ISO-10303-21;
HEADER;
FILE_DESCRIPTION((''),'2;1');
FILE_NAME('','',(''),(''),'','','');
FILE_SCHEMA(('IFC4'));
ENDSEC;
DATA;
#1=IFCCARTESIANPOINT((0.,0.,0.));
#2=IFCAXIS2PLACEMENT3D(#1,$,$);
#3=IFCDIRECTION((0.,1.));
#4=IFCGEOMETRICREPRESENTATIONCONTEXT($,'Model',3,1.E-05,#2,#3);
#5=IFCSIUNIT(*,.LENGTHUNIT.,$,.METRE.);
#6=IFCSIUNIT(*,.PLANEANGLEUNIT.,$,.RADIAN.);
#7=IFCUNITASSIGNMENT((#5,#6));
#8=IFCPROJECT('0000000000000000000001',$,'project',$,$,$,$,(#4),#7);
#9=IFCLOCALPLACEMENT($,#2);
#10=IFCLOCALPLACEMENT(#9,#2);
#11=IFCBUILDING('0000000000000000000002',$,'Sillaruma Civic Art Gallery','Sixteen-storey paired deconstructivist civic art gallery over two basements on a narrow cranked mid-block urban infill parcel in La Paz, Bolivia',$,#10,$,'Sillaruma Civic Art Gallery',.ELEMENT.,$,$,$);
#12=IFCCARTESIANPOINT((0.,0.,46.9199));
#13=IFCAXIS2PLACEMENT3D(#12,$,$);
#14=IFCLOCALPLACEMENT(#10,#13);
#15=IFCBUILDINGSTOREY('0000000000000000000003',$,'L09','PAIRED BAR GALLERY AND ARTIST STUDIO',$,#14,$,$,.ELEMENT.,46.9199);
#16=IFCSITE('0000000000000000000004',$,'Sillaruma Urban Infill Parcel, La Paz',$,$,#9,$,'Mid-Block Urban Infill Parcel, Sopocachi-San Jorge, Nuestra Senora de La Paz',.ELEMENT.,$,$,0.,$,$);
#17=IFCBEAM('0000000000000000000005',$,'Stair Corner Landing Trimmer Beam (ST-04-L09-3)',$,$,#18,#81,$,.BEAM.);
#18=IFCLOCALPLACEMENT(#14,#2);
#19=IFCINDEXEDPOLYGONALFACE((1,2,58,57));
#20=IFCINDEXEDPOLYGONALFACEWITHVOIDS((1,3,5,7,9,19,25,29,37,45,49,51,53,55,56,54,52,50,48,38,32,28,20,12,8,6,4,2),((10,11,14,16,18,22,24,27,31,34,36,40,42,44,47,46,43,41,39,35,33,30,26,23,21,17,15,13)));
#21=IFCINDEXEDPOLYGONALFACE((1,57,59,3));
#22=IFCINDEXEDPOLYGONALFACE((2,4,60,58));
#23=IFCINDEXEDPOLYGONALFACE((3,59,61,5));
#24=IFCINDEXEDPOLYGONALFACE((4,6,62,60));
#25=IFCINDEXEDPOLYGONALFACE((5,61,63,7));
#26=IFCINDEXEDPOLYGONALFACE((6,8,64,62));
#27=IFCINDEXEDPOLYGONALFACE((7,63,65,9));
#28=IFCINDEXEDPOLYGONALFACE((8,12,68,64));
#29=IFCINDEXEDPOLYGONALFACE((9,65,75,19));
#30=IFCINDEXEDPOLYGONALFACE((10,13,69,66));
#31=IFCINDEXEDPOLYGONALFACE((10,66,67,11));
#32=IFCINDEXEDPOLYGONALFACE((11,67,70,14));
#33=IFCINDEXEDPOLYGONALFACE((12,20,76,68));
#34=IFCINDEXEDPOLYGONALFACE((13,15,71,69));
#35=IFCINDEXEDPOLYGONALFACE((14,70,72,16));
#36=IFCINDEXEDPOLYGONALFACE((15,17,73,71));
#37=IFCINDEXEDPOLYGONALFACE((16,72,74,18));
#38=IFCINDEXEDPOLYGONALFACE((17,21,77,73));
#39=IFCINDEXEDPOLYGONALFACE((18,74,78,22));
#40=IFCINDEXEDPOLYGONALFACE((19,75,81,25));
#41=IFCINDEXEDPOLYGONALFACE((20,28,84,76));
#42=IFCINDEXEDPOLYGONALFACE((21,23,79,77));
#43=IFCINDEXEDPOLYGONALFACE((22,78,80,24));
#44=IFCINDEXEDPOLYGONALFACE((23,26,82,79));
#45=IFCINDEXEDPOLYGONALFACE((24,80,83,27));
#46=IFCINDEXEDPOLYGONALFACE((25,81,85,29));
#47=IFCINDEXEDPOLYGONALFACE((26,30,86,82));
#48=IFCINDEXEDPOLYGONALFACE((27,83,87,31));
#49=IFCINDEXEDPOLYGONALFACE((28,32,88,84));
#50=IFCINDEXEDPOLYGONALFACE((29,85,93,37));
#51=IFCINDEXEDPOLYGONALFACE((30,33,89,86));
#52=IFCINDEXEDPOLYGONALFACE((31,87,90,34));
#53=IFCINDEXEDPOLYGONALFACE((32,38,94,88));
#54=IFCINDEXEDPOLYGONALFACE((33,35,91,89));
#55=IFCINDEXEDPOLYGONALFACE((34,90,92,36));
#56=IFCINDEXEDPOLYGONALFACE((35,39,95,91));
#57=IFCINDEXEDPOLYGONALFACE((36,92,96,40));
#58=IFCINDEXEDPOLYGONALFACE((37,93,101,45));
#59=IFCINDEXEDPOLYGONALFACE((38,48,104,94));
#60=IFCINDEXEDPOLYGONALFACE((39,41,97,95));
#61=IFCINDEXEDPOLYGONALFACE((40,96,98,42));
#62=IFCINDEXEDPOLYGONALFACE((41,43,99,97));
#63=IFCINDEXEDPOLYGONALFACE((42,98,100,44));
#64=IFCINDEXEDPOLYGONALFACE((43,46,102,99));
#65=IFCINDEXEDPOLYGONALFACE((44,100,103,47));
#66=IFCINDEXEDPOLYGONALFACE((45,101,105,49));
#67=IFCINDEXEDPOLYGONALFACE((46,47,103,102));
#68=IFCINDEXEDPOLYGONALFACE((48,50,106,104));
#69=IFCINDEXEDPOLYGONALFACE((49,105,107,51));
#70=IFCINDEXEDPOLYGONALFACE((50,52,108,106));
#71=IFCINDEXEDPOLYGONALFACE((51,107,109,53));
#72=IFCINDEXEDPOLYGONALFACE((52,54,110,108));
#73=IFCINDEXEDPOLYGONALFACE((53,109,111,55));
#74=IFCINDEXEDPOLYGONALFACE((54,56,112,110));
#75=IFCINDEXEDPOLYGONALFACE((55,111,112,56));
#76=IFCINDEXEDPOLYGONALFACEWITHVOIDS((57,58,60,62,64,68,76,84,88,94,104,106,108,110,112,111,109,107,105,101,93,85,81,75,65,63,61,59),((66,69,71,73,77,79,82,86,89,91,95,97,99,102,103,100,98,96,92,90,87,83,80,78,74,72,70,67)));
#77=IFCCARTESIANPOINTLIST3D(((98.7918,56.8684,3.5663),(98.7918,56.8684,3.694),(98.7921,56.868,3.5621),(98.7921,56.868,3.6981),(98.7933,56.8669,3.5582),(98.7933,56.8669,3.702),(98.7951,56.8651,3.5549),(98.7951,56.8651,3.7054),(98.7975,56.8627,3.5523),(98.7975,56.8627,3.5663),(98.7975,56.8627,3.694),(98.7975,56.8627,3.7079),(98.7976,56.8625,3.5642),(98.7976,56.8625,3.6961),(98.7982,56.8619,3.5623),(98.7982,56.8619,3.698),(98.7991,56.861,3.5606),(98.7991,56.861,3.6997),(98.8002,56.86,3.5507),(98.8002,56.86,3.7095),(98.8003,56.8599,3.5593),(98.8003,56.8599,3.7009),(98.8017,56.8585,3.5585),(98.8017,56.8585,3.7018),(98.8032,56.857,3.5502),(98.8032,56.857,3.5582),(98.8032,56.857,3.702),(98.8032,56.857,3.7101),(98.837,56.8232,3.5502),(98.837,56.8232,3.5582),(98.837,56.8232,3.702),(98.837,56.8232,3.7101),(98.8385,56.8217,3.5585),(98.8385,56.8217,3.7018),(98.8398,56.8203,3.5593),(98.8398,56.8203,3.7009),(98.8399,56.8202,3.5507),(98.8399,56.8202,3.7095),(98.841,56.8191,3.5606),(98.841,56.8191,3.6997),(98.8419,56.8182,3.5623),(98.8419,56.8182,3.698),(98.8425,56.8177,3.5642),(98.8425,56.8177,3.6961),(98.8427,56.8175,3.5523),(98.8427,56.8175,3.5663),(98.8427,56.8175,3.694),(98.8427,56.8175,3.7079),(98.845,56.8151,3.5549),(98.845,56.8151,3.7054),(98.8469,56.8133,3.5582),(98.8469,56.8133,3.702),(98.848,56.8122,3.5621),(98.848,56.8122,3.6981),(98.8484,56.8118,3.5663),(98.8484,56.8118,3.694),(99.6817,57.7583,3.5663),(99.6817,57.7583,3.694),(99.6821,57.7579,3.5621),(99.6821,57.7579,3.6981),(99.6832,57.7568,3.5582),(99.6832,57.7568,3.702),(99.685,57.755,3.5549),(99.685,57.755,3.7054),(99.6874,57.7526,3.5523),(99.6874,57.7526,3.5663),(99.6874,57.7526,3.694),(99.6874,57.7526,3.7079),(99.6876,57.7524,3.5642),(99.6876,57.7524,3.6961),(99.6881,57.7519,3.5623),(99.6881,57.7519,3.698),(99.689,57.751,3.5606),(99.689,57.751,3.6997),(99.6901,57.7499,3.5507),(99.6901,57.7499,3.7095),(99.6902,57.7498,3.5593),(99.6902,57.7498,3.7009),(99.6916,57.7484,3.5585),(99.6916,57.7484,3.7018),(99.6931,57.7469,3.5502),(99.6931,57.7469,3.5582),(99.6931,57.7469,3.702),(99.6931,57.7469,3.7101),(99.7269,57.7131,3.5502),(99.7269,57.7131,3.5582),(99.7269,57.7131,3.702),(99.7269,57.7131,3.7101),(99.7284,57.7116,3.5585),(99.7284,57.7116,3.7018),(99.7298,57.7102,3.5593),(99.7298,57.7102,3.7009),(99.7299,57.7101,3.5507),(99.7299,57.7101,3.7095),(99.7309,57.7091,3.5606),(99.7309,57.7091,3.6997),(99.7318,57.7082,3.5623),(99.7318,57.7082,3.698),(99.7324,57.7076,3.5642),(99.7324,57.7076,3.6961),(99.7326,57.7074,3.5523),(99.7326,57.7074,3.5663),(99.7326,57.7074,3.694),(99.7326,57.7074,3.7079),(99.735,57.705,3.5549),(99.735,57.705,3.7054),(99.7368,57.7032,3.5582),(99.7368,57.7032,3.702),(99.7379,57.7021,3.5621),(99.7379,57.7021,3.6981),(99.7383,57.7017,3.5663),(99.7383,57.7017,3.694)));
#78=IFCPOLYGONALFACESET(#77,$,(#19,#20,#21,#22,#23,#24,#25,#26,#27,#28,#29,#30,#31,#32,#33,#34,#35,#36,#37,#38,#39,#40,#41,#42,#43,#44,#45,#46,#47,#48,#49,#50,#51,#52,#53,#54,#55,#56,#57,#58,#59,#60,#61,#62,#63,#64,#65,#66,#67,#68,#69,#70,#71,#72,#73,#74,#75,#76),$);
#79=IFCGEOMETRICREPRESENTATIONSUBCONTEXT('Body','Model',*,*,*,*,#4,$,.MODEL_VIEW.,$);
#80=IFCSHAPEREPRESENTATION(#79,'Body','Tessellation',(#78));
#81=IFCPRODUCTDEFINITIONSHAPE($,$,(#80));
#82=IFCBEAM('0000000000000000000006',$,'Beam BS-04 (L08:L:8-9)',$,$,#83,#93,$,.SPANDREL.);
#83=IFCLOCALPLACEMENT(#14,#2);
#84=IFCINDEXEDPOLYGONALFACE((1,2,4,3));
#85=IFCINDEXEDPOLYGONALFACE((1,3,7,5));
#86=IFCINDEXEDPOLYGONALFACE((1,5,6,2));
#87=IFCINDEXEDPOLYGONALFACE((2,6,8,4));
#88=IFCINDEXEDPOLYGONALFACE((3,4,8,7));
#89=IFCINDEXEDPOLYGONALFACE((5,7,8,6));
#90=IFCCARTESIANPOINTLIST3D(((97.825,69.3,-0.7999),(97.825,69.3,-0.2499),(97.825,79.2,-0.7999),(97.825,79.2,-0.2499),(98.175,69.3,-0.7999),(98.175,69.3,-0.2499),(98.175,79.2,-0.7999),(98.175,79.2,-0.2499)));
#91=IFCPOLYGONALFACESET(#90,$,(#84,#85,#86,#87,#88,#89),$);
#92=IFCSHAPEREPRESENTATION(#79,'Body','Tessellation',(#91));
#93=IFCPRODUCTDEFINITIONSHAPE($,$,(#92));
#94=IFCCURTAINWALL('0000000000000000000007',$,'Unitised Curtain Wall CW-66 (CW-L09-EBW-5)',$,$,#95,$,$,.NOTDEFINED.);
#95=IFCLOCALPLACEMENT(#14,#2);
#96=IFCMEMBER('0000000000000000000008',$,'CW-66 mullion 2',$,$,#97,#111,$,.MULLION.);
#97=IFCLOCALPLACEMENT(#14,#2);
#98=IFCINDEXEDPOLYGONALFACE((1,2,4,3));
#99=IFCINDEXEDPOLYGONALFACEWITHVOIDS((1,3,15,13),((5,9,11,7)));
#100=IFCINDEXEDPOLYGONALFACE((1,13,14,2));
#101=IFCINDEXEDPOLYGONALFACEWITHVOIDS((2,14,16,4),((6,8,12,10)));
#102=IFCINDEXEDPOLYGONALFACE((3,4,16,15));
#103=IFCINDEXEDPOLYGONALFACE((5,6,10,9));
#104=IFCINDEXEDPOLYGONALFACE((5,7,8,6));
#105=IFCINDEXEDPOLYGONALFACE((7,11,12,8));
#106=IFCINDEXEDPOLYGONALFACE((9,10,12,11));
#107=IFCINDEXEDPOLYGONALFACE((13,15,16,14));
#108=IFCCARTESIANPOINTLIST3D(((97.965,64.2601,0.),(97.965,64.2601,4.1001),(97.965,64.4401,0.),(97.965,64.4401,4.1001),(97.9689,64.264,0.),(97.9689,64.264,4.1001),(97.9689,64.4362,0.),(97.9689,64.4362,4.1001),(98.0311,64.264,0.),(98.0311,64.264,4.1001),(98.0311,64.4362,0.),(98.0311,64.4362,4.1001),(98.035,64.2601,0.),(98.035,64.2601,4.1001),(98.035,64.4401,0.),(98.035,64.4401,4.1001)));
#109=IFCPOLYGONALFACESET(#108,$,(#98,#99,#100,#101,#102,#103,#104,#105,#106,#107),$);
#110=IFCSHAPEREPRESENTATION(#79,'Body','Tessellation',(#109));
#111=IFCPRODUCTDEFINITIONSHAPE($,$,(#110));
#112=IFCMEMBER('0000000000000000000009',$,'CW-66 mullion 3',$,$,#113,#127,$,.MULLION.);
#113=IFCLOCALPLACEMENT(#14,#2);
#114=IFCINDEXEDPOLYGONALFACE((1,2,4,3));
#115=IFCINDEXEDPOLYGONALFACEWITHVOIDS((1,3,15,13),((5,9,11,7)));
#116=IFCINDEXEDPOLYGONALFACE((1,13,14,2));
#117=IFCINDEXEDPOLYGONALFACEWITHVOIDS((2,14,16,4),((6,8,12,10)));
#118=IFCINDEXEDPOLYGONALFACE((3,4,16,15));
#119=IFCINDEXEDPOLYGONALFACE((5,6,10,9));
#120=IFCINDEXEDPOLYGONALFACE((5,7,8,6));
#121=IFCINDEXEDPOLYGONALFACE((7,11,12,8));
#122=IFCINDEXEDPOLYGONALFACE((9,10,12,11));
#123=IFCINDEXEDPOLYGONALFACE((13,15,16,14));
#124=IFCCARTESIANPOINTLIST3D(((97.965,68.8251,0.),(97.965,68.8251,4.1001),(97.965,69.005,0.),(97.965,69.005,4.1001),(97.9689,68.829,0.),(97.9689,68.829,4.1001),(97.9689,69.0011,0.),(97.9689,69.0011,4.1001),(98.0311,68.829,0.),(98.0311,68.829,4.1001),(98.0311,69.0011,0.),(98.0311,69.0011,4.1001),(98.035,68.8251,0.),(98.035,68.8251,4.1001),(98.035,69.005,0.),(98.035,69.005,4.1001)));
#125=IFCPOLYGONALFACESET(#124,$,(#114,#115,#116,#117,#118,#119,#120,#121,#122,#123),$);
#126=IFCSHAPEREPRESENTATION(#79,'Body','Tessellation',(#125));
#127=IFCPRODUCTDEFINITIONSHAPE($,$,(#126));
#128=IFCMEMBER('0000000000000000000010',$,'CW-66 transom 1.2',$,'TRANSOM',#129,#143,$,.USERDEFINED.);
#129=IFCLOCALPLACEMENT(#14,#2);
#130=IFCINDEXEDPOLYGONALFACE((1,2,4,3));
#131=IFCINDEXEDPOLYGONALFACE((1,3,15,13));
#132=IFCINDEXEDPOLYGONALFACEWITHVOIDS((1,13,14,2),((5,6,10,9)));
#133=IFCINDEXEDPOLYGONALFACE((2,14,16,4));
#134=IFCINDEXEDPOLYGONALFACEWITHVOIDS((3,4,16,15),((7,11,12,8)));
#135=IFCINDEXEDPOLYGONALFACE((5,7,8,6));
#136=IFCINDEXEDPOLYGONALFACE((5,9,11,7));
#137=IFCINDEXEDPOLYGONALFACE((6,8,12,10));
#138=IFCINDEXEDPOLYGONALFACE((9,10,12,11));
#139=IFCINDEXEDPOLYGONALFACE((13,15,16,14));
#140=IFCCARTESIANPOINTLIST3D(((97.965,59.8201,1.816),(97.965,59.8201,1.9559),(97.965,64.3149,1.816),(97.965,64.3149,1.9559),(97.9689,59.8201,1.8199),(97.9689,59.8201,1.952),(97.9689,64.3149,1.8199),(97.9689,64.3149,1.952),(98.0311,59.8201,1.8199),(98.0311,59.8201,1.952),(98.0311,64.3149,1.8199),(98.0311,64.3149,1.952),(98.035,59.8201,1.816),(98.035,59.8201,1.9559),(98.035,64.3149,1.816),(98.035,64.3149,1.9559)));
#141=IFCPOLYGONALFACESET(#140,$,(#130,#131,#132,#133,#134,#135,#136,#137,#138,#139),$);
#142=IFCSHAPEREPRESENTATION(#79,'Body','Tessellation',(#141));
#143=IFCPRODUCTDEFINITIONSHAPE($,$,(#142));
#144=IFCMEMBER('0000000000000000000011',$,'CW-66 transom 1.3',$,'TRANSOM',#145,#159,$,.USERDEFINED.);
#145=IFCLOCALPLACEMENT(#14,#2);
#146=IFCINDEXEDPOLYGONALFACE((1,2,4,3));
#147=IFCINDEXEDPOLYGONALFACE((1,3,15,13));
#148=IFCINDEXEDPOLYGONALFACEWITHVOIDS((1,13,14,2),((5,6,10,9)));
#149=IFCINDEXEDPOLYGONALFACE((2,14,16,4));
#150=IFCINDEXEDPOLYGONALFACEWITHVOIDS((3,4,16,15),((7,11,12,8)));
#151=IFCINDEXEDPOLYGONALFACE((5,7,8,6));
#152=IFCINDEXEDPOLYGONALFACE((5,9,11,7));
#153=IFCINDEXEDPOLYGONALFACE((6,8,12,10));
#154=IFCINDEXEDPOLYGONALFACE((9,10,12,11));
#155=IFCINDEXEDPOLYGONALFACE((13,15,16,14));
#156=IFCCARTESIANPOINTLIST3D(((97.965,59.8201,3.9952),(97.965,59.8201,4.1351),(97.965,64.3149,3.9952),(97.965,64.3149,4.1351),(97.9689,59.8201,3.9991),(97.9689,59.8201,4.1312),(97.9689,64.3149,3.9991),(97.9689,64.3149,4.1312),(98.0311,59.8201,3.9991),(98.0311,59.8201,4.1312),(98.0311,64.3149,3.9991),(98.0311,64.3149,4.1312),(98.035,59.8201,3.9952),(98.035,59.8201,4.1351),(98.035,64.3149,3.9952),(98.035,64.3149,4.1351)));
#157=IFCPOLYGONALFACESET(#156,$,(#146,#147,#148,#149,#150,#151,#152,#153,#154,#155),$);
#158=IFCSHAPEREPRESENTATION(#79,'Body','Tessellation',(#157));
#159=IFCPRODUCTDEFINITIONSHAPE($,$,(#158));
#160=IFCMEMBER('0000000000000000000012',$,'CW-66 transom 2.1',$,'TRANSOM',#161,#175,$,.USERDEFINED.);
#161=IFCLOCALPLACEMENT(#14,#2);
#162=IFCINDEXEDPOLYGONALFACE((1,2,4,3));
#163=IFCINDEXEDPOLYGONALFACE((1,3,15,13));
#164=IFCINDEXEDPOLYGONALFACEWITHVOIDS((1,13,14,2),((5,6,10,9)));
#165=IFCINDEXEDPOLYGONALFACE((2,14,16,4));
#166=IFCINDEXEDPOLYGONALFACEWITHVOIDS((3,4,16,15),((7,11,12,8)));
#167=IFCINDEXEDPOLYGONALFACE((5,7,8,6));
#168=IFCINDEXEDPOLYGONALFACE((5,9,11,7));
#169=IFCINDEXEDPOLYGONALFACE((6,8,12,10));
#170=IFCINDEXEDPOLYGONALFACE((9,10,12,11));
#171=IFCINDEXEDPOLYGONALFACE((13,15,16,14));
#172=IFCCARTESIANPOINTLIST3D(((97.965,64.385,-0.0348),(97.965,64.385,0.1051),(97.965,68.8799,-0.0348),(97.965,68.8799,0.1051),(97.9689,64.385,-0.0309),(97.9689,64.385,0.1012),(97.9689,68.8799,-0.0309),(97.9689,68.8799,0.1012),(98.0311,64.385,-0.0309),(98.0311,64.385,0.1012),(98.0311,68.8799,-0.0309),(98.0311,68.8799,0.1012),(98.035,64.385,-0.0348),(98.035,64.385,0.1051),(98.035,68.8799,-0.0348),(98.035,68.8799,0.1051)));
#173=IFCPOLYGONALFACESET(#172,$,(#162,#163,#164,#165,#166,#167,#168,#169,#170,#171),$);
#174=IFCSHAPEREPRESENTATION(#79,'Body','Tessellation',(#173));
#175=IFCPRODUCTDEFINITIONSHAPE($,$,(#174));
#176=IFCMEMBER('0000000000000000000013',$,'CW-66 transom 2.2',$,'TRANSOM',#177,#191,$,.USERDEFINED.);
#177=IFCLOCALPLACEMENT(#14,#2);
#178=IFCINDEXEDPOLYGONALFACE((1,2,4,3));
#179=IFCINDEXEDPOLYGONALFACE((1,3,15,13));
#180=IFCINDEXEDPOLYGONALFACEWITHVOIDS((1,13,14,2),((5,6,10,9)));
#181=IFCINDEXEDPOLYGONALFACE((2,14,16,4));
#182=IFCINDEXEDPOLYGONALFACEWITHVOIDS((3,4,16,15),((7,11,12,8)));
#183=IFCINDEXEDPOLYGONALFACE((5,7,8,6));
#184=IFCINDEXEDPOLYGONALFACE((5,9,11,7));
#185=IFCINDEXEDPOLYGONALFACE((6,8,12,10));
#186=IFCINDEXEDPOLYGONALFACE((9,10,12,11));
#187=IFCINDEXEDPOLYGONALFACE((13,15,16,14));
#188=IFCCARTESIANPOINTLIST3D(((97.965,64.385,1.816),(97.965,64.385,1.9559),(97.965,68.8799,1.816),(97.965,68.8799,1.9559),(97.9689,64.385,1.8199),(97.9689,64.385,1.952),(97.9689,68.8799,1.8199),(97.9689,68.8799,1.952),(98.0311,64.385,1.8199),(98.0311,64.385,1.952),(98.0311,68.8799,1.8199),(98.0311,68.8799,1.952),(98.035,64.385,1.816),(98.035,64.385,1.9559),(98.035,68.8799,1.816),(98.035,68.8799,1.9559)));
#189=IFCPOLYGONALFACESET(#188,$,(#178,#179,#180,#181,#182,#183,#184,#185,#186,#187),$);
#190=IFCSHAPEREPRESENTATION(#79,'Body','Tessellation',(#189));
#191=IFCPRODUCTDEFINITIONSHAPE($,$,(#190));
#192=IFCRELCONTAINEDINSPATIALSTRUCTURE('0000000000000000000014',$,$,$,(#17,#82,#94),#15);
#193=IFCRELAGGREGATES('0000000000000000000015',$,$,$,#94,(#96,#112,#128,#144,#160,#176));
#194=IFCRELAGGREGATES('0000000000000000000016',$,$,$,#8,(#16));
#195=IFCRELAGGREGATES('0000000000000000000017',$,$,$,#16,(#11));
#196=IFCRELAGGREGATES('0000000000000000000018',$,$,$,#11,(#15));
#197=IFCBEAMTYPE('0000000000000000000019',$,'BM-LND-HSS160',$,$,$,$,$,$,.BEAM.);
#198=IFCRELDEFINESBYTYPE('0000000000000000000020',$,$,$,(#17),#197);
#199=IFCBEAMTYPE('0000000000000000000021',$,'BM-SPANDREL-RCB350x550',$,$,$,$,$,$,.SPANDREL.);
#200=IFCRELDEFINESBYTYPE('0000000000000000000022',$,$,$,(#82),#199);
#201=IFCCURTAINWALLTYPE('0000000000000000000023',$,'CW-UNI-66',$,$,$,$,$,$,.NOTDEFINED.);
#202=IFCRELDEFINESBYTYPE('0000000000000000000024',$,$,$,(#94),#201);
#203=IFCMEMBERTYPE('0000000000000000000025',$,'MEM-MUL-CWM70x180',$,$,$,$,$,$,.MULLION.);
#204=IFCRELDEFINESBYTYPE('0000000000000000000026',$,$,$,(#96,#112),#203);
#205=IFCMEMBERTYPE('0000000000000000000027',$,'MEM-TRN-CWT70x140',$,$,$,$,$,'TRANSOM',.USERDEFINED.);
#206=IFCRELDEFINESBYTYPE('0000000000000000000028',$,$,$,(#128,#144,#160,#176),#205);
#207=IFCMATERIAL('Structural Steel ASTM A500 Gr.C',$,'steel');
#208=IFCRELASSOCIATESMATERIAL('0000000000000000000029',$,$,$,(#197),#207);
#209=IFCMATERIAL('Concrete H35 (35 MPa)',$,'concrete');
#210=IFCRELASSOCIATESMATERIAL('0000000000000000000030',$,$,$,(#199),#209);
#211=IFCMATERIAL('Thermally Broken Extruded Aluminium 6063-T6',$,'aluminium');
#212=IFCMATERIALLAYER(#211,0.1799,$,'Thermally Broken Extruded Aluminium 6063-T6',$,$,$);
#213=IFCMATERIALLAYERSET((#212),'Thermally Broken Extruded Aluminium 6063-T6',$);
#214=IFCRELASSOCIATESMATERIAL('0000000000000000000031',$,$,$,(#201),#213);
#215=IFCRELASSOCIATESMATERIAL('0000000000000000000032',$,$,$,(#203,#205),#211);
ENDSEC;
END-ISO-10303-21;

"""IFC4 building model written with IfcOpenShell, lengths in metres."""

from ifc_helpers import new_model, si_unit, direction, frame, origin, origin_2d, place, context, subcontext, project, spatial, rectangle, hollow_rectangle, extrude, material, layer, layer_set, material_profile, profile_set, type_object, element, aggregate, save


model = new_model("IFC4")

# Units and contexts
model_context = context("Model", 3, precision=1e-05, world=origin(), true_north=direction((0.0, 1.0)))
body_context = subcontext(model_context, "Body", "Model", "MODEL_VIEW")
ifc_project = project(units=[si_unit("LENGTHUNIT", "METRE"), si_unit("PLANEANGLEUNIT", "RADIAN")], contexts=[model_context])

# Site, building, storey
site_placement = place(None, origin())
site = spatial("IfcSite", under=ifc_project, at=site_placement, Name="Sillaruma Urban Infill Parcel, La Paz", LongName="Mid-Block Urban Infill Parcel, Sopocachi-San Jorge, Nuestra Senora de La Paz", CompositionType="ELEMENT", RefElevation=0.0)
building_placement = place(site_placement, origin())
building = spatial("IfcBuilding", under=site, at=building_placement, Name="Sillaruma Civic Art Gallery", Description="Sixteen-storey paired deconstructivist civic art gallery over two basements on a narrow cranked mid-block urban infill parcel in La Paz, Bolivia", LongName="Sillaruma Civic Art Gallery", CompositionType="ELEMENT")
storey_placement = place(building_placement, frame((0.0, 0.0, 46.9199)))
storey = spatial("IfcBuildingStorey", under=building, at=storey_placement, Name="L09", Description="PAIRED BAR GALLERY AND ARTIST STUDIO", CompositionType="ELEMENT", Elevation=46.9199)

# Beams
ifc_material_1 = material(Name="Concrete H35 (35 MPa)", Category="concrete")
ifc_material_2 = material(Name="Structural Steel ASTM A500 Gr.C", Category="steel")
ifc_material_profile_1 = material_profile(ifc_material_2, hollow_rectangle(XDim=0.0801, YDim=0.1599, WallThickness=0.0081, InnerFilletRadius=0.0081, OuterFilletRadius=0.0161, at=origin_2d()), Name="HSS160x80x8")
ifc_profile_set_1 = profile_set([ifc_material_profile_1], Name="Structural Steel ASTM A500 Gr.C")
beam_type_1 = type_object("IfcBeamType", Name="BM-LND-HSS160", PredefinedType="BEAM", material=ifc_profile_set_1)
for number, where, z_axis, x_axis, name in (
    (1, (98.8201, 56.8401, 3.6301), (0.707107, 0.707107, 0.0), (-0.707107, 0.707107, 0.0), "Stair Corner Landing Trimmer Beam (ST-04-L09-3)"),
):
    element("IfcBeam", number, at=place(storey_placement, frame(where, z_axis=z_axis, x_axis=x_axis)), inside=storey, type_object=beam_type_1, Name=name, PredefinedType="BEAM", context=body_context, shape_type="SweptSolid", body=[
        extrude(hollow_rectangle(XDim=0.0801, YDim=0.1599, WallThickness=0.0081, InnerFilletRadius=0.0081, OuterFilletRadius=0.0161, at=origin_2d()), origin(), (0.0, 0.0, 1.0), 1.2585),
    ])
ifc_material_profile_2 = material_profile(ifc_material_1, rectangle(XDim=0.3501, YDim=0.55, at=origin_2d()), Name="RCB350x550")
ifc_profile_set_2 = profile_set([ifc_material_profile_2], Name="Concrete H35 (35 MPa)")
beam_type_2 = type_object("IfcBeamType", Name="BM-SPANDREL-RCB350x550", PredefinedType="SPANDREL", material=ifc_profile_set_2)
beam_1_placement = place(storey_placement, frame((98.0, 69.3, -0.5249), z_axis=(0.0, 1.0, 0.0), x_axis=(-1.0, 0.0, 0.0)))
element("IfcBeam", 2, at=beam_1_placement, inside=storey, type_object=beam_type_2, Name="Beam BS-04 (L08:L:8-9)", PredefinedType="SPANDREL", context=body_context, shape_type="SweptSolid", body=[
    extrude(rectangle(XDim=0.3501, YDim=0.55, at=origin_2d()), origin(), (0.0, 0.0, 1.0), 9.8999),
])

# Curtain wall, members
ifc_material_3 = material(Name="Thermally Broken Extruded Aluminium 6063-T6", Category="aluminium")
ifc_layer_1 = layer(ifc_material_3, 0.1799, Name="Thermally Broken Extruded Aluminium 6063-T6")
ifc_layer_set_1 = layer_set([ifc_layer_1], Name="Thermally Broken Extruded Aluminium 6063-T6")
curtain_wall_type = type_object("IfcCurtainWallType", Name="CW-UNI-66", PredefinedType="NOTDEFINED", material=ifc_layer_set_1)
curtain_wall_placement = place(storey_placement, origin())
curtain_wall = element("IfcCurtainWall", 3, at=curtain_wall_placement, inside=storey, type_object=curtain_wall_type, Name="Unitised Curtain Wall CW-66 (CW-L09-EBW-5)", PredefinedType="NOTDEFINED")
ifc_material_profile_3 = material_profile(ifc_material_3, hollow_rectangle(XDim=0.0701, YDim=0.1799, WallThickness=0.0039, at=origin_2d()), Name="CWM70x180")
ifc_profile_set_3 = profile_set([ifc_material_profile_3], Name="Thermally Broken Extruded Aluminium 6063-T6")
member_type_1 = type_object("IfcMemberType", Name="MEM-MUL-CWM70x180", PredefinedType="MULLION", material=ifc_profile_set_3)
member_1_placement = place(storey_placement, frame((98.0, 64.3501, 0.0), z_axis=(0.0, 0.0, 1.0), x_axis=(-1.0, 0.0, 0.0)))
member_1 = element("IfcMember", 4, at=member_1_placement, type_object=member_type_1, Name="CW-66 mullion 2", PredefinedType="MULLION", context=body_context, shape_type="SweptSolid", body=[
    extrude(hollow_rectangle(XDim=0.0701, YDim=0.1799, WallThickness=0.0039, at=origin_2d()), origin(), (0.0, 0.0, 1.0), 4.1001),
])
member_2_placement = place(storey_placement, frame((98.0, 68.915, 0.0), z_axis=(0.0, 0.0, 1.0), x_axis=(-1.0, 0.0, 0.0)))
member_2 = element("IfcMember", 5, at=member_2_placement, type_object=member_type_1, Name="CW-66 mullion 3", PredefinedType="MULLION", context=body_context, shape_type="SweptSolid", body=[
    extrude(hollow_rectangle(XDim=0.0701, YDim=0.1799, WallThickness=0.0039, at=origin_2d()), origin(), (0.0, 0.0, 1.0), 4.1001),
])
ifc_material_profile_4 = material_profile(ifc_material_3, hollow_rectangle(XDim=0.0701, YDim=0.1399, WallThickness=0.0039, at=origin_2d()), Name="CWT70x140")
ifc_profile_set_4 = profile_set([ifc_material_profile_4], Name="Thermally Broken Extruded Aluminium 6063-T6")
member_type_2 = type_object("IfcMemberType", Name="MEM-TRN-CWT70x140", ElementType="TRANSOM", PredefinedType="USERDEFINED", material=ifc_profile_set_4)
member_3_placement = place(storey_placement, frame((98.0, 59.8201, 1.886), z_axis=(0.0, 1.0, 0.0), x_axis=(-1.0, 0.0, 0.0)))
member_3 = element("IfcMember", 6, at=member_3_placement, type_object=member_type_2, Name="CW-66 transom 1.2", ObjectType="TRANSOM", PredefinedType="USERDEFINED", context=body_context, shape_type="SweptSolid", body=[
    extrude(hollow_rectangle(XDim=0.0701, YDim=0.1399, WallThickness=0.0039, at=origin_2d()), origin(), (0.0, 0.0, 1.0), 4.4949),
])
member_4_placement = place(storey_placement, frame((98.0, 59.8201, 4.0652), z_axis=(0.0, 1.0, 0.0), x_axis=(-1.0, 0.0, 0.0)))
member_4 = element("IfcMember", 7, at=member_4_placement, type_object=member_type_2, Name="CW-66 transom 1.3", ObjectType="TRANSOM", PredefinedType="USERDEFINED", context=body_context, shape_type="SweptSolid", body=[
    extrude(hollow_rectangle(XDim=0.0701, YDim=0.1399, WallThickness=0.0039, at=origin_2d()), origin(), (0.0, 0.0, 1.0), 4.4949),
])
member_5_placement = place(storey_placement, frame((98.0, 64.385, 0.0352), z_axis=(0.0, 1.0, 0.0), x_axis=(-1.0, 0.0, 0.0)))
member_5 = element("IfcMember", 8, at=member_5_placement, type_object=member_type_2, Name="CW-66 transom 2.1", ObjectType="TRANSOM", PredefinedType="USERDEFINED", context=body_context, shape_type="SweptSolid", body=[
    extrude(hollow_rectangle(XDim=0.0701, YDim=0.1399, WallThickness=0.0039, at=origin_2d()), origin(), (0.0, 0.0, 1.0), 4.4949),
])
member_6_placement = place(storey_placement, frame((98.0, 64.385, 1.886), z_axis=(0.0, 1.0, 0.0), x_axis=(-1.0, 0.0, 0.0)))
member_6 = element("IfcMember", 9, at=member_6_placement, type_object=member_type_2, Name="CW-66 transom 2.2", ObjectType="TRANSOM", PredefinedType="USERDEFINED", context=body_context, shape_type="SweptSolid", body=[
    extrude(hollow_rectangle(XDim=0.0701, YDim=0.1399, WallThickness=0.0039, at=origin_2d()), origin(), (0.0, 0.0, 1.0), 4.4949),
])
aggregate(curtain_wall, [member_1, member_2, member_3, member_4, member_5, member_6])

save(model, "model.ifc")
